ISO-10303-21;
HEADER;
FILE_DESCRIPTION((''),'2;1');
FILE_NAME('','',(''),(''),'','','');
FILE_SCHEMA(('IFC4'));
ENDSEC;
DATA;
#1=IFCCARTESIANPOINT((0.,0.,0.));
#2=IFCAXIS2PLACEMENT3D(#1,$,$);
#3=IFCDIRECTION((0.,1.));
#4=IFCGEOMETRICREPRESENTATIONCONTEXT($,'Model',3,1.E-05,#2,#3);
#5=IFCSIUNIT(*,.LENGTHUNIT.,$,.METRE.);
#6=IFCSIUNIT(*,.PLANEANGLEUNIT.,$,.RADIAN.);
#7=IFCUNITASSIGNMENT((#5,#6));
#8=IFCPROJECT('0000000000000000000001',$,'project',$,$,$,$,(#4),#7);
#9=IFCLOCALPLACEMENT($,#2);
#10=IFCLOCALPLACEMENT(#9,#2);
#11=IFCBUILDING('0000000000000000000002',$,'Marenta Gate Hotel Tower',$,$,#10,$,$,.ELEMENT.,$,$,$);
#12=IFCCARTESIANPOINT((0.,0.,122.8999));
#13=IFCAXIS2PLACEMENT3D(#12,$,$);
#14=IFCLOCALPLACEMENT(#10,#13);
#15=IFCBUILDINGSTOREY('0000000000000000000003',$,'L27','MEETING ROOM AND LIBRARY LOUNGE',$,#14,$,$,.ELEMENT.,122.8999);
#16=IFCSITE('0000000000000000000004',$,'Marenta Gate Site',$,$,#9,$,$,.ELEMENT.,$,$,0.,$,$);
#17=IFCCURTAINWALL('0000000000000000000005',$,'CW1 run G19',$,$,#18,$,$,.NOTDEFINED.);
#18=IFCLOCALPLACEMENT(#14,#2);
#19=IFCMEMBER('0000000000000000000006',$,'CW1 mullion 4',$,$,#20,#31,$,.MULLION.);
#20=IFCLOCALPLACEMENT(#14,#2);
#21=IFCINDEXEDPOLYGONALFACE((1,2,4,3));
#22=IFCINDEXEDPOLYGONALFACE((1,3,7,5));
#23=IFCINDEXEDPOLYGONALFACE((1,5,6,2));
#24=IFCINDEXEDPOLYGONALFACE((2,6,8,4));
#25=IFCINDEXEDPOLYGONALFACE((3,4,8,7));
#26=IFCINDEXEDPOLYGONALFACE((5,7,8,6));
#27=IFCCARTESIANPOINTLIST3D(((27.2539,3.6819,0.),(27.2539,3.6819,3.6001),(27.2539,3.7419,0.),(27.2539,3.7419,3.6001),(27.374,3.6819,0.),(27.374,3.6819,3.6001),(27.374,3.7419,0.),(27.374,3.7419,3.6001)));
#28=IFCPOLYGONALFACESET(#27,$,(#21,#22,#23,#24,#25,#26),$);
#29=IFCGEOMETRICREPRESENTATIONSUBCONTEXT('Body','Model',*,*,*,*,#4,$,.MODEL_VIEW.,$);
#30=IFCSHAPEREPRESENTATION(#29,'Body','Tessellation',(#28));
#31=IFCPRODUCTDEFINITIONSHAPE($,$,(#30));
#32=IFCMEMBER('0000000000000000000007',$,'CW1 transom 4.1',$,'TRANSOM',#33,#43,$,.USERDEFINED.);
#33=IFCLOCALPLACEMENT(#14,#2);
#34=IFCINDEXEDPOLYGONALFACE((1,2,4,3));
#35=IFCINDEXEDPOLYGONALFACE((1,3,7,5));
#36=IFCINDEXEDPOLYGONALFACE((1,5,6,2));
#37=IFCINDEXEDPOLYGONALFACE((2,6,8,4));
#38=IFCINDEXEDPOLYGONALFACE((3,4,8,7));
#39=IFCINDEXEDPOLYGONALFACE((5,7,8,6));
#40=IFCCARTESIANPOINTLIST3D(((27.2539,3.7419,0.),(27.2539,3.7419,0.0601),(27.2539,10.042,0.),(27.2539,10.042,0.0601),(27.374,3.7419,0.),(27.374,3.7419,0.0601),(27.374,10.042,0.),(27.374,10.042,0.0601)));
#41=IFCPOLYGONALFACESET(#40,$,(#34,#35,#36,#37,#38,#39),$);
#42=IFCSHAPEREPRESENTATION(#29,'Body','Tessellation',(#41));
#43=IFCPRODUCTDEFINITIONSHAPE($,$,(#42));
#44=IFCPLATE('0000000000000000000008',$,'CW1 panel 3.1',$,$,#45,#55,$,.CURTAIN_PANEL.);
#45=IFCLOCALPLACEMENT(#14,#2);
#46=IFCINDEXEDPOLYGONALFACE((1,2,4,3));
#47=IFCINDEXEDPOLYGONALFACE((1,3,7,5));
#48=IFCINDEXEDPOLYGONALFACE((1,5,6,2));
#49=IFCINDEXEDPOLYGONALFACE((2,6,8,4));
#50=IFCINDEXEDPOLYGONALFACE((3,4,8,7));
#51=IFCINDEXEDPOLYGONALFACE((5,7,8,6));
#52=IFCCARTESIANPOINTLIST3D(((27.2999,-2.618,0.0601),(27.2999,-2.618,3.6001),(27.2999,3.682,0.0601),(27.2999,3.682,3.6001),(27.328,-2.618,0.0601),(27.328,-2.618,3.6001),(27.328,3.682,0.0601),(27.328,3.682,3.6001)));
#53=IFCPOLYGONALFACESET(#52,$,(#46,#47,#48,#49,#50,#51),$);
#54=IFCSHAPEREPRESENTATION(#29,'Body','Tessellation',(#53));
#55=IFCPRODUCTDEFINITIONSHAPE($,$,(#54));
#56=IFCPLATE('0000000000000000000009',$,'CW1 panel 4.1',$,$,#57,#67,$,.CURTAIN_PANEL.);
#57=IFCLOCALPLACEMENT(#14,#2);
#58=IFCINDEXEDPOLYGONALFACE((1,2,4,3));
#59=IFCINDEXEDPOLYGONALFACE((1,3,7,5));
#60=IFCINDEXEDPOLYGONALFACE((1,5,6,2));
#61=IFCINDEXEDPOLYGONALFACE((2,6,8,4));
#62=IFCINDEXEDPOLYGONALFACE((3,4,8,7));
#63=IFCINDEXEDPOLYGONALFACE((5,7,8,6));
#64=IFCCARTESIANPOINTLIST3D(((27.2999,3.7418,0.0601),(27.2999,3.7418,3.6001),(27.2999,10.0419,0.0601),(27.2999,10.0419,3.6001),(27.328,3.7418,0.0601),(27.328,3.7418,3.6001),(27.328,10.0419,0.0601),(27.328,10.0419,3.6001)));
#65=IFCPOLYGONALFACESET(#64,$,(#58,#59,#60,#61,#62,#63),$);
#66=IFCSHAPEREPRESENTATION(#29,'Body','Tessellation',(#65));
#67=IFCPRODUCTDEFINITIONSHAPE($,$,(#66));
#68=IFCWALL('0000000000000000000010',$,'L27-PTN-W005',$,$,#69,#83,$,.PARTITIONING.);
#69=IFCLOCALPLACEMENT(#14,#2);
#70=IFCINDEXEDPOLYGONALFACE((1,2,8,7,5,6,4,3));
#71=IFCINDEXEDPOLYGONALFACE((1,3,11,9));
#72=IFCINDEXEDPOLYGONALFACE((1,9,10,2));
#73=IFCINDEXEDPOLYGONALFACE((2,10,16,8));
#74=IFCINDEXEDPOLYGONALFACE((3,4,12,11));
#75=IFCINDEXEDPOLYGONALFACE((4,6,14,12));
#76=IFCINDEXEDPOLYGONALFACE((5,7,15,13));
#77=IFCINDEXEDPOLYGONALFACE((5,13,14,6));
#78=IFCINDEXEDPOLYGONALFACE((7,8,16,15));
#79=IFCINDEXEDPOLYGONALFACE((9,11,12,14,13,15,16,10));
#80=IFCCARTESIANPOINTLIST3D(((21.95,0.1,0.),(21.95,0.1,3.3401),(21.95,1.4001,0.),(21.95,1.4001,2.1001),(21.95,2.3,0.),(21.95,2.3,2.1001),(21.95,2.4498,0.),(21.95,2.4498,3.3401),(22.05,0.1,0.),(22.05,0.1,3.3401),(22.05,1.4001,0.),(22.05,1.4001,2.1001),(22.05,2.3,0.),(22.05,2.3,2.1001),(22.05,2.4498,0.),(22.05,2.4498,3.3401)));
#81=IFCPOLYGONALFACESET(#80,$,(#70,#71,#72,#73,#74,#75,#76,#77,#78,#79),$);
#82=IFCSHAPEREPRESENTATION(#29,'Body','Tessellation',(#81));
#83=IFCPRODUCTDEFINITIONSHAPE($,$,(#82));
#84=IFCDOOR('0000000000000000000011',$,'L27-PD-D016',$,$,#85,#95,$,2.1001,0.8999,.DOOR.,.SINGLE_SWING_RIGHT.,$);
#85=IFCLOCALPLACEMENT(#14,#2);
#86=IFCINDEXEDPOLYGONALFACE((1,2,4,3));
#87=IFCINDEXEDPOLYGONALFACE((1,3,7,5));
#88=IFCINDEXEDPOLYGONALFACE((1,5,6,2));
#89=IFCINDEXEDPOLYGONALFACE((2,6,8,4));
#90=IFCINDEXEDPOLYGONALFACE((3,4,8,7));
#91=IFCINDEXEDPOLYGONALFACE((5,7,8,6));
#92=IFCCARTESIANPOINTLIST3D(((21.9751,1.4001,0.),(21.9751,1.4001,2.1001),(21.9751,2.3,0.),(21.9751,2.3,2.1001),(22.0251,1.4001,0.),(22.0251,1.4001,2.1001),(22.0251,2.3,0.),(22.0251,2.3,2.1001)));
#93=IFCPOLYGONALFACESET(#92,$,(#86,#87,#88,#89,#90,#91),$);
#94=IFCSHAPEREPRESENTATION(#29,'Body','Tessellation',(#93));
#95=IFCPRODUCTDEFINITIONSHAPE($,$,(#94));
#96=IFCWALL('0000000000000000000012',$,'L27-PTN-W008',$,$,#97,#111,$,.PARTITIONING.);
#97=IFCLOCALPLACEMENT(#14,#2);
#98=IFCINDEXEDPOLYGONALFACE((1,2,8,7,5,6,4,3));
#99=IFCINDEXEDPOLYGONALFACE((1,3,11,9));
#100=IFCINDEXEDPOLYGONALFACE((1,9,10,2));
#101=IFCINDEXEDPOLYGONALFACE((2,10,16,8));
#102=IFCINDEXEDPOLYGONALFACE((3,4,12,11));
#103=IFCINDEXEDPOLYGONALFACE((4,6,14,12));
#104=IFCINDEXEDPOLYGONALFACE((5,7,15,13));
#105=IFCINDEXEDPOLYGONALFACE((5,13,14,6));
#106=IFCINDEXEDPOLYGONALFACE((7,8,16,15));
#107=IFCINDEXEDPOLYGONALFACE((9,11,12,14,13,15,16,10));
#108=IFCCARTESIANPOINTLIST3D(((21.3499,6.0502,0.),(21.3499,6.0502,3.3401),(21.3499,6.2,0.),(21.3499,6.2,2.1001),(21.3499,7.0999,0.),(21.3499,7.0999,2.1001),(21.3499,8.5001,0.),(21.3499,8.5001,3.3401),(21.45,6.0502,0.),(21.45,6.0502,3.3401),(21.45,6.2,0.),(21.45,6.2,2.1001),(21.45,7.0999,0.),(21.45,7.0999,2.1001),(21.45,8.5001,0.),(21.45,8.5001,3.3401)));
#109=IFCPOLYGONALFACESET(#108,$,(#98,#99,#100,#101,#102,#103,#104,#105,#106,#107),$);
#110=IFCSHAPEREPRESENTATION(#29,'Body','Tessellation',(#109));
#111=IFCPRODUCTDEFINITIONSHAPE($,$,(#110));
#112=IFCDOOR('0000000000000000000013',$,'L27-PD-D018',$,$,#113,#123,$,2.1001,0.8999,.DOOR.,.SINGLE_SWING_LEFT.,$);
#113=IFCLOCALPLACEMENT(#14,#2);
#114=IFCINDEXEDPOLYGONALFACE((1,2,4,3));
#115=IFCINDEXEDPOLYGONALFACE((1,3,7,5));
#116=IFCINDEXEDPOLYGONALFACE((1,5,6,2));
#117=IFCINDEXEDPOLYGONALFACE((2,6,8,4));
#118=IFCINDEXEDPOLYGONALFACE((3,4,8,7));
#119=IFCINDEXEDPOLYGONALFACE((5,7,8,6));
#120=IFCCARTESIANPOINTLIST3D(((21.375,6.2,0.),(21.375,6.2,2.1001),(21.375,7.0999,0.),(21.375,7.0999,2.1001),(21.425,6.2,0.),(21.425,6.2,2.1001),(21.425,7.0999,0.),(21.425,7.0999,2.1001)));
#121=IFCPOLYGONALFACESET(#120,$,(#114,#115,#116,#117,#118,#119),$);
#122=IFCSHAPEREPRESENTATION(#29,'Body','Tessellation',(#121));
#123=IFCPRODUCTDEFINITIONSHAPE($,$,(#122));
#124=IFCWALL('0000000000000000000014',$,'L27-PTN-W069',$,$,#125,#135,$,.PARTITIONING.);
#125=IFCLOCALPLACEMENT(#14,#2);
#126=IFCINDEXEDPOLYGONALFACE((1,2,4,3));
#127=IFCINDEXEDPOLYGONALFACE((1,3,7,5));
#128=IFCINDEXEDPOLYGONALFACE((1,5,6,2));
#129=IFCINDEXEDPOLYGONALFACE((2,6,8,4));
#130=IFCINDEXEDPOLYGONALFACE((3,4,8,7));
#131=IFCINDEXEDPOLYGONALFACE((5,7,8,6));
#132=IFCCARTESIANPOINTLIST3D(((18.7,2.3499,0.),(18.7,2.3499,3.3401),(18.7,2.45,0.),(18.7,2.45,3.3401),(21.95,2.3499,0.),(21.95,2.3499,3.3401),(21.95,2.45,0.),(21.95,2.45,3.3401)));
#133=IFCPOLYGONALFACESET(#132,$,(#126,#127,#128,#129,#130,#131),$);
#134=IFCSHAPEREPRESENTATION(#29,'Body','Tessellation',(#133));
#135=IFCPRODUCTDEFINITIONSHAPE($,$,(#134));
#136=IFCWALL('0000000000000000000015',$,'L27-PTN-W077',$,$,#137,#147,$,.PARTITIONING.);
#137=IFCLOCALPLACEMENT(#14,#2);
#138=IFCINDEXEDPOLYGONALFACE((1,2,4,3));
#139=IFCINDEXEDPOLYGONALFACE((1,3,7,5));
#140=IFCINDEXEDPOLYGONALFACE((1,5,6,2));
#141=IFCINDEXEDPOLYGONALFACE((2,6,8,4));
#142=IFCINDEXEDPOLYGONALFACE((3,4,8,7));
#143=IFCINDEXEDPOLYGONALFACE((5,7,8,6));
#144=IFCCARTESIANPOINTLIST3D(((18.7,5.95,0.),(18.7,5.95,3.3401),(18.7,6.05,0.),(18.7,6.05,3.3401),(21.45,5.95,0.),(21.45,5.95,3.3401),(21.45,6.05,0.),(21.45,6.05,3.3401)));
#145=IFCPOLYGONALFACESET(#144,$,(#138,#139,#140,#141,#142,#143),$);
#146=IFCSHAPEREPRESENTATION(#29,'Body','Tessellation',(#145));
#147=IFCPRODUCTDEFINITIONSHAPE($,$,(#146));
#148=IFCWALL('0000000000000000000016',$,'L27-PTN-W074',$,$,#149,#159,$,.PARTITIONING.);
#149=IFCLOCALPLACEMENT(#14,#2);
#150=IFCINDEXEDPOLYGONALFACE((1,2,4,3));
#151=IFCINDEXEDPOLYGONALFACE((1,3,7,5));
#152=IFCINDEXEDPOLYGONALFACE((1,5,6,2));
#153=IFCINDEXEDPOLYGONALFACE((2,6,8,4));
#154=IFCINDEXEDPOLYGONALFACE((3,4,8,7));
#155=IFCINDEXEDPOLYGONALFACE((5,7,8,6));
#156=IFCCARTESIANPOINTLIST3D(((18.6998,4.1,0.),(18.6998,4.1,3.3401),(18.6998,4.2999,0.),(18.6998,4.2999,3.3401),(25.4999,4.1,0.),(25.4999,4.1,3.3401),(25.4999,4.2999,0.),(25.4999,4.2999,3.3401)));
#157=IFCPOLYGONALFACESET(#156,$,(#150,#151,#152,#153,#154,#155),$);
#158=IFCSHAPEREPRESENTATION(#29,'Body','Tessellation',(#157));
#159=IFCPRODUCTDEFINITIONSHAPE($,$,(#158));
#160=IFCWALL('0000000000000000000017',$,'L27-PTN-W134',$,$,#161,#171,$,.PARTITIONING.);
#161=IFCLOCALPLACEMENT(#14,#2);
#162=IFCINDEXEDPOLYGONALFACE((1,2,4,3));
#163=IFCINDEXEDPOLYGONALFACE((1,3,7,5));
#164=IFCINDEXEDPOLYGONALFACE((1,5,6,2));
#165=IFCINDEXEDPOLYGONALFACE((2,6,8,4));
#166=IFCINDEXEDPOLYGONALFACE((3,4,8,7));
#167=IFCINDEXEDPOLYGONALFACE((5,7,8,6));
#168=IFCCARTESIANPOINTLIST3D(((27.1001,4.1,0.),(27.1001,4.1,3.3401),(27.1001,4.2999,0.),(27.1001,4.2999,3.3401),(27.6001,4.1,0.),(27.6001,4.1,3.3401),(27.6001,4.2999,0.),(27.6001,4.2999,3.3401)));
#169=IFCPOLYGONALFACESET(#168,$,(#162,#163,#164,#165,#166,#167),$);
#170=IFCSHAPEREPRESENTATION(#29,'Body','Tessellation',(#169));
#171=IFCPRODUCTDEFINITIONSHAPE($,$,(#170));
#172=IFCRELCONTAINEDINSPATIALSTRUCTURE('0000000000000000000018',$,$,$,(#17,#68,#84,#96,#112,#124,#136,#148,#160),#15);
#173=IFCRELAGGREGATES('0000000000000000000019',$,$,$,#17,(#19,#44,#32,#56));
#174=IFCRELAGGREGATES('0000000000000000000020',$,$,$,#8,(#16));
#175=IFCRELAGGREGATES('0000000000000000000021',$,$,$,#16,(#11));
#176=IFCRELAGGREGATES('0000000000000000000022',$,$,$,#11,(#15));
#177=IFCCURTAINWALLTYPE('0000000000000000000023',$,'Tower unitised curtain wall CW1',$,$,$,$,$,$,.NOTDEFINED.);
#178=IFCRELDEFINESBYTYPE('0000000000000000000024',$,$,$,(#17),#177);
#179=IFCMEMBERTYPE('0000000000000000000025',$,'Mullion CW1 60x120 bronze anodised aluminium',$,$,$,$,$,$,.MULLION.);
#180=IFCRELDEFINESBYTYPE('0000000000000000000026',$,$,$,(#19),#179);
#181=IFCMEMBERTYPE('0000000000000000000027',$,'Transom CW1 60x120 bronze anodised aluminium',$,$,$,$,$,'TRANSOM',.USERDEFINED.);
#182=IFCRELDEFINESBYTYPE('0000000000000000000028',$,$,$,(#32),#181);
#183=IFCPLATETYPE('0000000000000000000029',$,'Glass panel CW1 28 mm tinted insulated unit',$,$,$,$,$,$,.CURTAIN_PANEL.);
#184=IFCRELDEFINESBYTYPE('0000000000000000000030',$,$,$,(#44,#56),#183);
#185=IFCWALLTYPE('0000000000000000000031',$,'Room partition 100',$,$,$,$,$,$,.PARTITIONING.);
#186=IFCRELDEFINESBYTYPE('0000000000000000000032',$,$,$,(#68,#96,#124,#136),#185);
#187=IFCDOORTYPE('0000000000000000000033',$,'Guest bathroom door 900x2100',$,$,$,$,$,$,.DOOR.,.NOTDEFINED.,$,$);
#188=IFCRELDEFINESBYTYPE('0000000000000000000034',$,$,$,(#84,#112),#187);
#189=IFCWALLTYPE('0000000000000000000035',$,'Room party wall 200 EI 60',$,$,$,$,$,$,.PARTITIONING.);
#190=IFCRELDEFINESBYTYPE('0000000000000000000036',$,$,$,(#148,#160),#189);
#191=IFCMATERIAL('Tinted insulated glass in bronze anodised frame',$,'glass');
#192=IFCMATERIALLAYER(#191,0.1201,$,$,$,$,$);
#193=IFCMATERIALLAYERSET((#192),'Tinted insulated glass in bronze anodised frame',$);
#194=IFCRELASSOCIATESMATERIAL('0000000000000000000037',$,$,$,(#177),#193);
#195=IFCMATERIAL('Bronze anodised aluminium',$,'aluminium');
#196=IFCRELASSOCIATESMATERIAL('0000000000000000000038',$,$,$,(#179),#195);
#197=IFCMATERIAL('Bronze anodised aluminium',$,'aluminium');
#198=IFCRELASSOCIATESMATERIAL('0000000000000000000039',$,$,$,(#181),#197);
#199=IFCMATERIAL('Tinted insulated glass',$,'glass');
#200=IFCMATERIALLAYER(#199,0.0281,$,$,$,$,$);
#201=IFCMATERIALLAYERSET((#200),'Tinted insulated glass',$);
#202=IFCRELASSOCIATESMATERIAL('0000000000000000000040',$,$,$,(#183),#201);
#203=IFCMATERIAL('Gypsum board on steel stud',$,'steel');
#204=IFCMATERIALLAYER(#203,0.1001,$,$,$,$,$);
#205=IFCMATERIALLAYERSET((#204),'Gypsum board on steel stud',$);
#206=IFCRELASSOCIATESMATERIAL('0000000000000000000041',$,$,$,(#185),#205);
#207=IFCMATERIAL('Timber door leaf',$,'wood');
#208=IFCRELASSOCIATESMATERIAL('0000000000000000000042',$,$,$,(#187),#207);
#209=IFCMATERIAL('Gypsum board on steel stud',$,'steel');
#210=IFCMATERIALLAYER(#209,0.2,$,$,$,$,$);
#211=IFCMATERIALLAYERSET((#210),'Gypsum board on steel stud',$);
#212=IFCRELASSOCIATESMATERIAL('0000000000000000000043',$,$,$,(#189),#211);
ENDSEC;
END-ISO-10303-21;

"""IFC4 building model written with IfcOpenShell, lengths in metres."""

from ifc_helpers import new_model, si_unit, direction, frame, frame_2d, origin, origin_2d, place, context, subcontext, project, spatial, rectangle, extrude, material, layer, layer_set, material_profile, profile_set, type_object, element, fill, aggregate, save


model = new_model("IFC4")

# Units and contexts
model_context = context("Model", 3, precision=1e-05, world=origin(), true_north=direction((0.0, 1.0)))
body_context = subcontext(model_context, "Body", "Model", "MODEL_VIEW")
ifc_project = project(units=[si_unit("LENGTHUNIT", "METRE"), si_unit("PLANEANGLEUNIT", "RADIAN")], contexts=[model_context])

# Site, building, storey
site_placement = place(None, origin())
site = spatial("IfcSite", under=ifc_project, at=site_placement, Name="Marenta Gate Site", CompositionType="ELEMENT", RefElevation=0.0)
building_placement = place(site_placement, origin())
building = spatial("IfcBuilding", under=site, at=building_placement, Name="Marenta Gate Hotel Tower", CompositionType="ELEMENT")
storey_placement = place(building_placement, frame((0.0, 0.0, 122.8999)))
storey = spatial("IfcBuildingStorey", under=building, at=storey_placement, Name="L27", Description="MEETING ROOM AND LIBRARY LOUNGE", CompositionType="ELEMENT", Elevation=122.8999)

# Curtain wall, members, plates
ifc_material_1 = material(Name="Tinted insulated glass in bronze anodised frame", Category="glass")
ifc_layer_1 = layer(ifc_material_1, 0.1201)
ifc_layer_set_1 = layer_set([ifc_layer_1], Name="Tinted insulated glass in bronze anodised frame")
curtain_wall_type = type_object("IfcCurtainWallType", Name="Tower unitised curtain wall CW1", PredefinedType="NOTDEFINED", material=ifc_layer_set_1)
curtain_wall_placement = place(storey_placement, origin())
curtain_wall = element("IfcCurtainWall", 1, at=curtain_wall_placement, inside=storey, type_object=curtain_wall_type, Name="CW1 run G19", PredefinedType="NOTDEFINED")
ifc_material_2 = material(Name="Bronze anodised aluminium", Category="aluminium")
ifc_material_profile_1 = material_profile(ifc_material_2, rectangle(XDim=0.1201, YDim=0.0601, at=origin_2d()), Name="Mullion CW1 60x120 bronze anodised aluminium")
ifc_profile_set_1 = profile_set([ifc_material_profile_1], Name="Bronze anodised aluminium")
member_type_1 = type_object("IfcMemberType", Name="Mullion CW1 60x120 bronze anodised aluminium", PredefinedType="MULLION", material=ifc_profile_set_1)
member_1_placement = place(storey_placement, frame((27.314, 3.7119, 0.0), z_axis=(0.0, 0.0, 1.0), x_axis=(-1.0, 0.0, 0.0)))
member_1 = element("IfcMember", 2, at=member_1_placement, type_object=member_type_1, Name="CW1 mullion 4", PredefinedType="MULLION", context=body_context, shape_type="SweptSolid", body=[
    extrude(rectangle(XDim=0.1201, YDim=0.0601, at=origin_2d()), origin(), (0.0, 0.0, 1.0), 3.6001),
])
ifc_material_3 = material(Name="Bronze anodised aluminium", Category="aluminium")
ifc_material_profile_2 = material_profile(ifc_material_3, rectangle(XDim=0.1201, YDim=0.0601, at=origin_2d()), Name="Transom CW1 60x120 bronze anodised aluminium")
ifc_profile_set_2 = profile_set([ifc_material_profile_2], Name="Bronze anodised aluminium")
member_type_2 = type_object("IfcMemberType", Name="Transom CW1 60x120 bronze anodised aluminium", ElementType="TRANSOM", PredefinedType="USERDEFINED", material=ifc_profile_set_2)
member_2_placement = place(storey_placement, frame((27.314, 3.7419, 0.03), z_axis=(0.0, 1.0, 0.0), x_axis=(-1.0, 0.0, 0.0)))
member_2 = element("IfcMember", 3, at=member_2_placement, type_object=member_type_2, Name="CW1 transom 4.1", ObjectType="TRANSOM", PredefinedType="USERDEFINED", context=body_context, shape_type="SweptSolid", body=[
    extrude(rectangle(XDim=0.1201, YDim=0.0601, at=origin_2d()), origin(), (0.0, 0.0, 1.0), 6.3),
])
ifc_material_4 = material(Name="Tinted insulated glass", Category="glass")
ifc_layer_2 = layer(ifc_material_4, 0.0281)
ifc_layer_set_2 = layer_set([ifc_layer_2], Name="Tinted insulated glass")
plate_type = type_object("IfcPlateType", Name="Glass panel CW1 28 mm tinted insulated unit", PredefinedType="CURTAIN_PANEL", material=ifc_layer_set_2)
plate_1_placement = place(storey_placement, frame((27.314, 0.532, 0.0601), z_axis=(0.0, 0.0, 1.0), x_axis=(0.0, 1.0, 0.0)))
plate_1 = element("IfcPlate", 4, at=plate_1_placement, type_object=plate_type, Name="CW1 panel 3.1", PredefinedType="CURTAIN_PANEL", context=body_context, shape_type="SweptSolid", body=[
    extrude(rectangle(XDim=6.3, YDim=0.0281, at=origin_2d()), origin(), (0.0, 0.0, 1.0), 3.54),
])
plate_2_placement = place(storey_placement, frame((27.314, 6.8918, 0.0601), z_axis=(0.0, 0.0, 1.0), x_axis=(0.0, 1.0, 0.0)))
plate_2 = element("IfcPlate", 5, at=plate_2_placement, type_object=plate_type, Name="CW1 panel 4.1", PredefinedType="CURTAIN_PANEL", context=body_context, shape_type="SweptSolid", body=[
    extrude(rectangle(XDim=6.3, YDim=0.0281, at=origin_2d()), origin(), (0.0, 0.0, 1.0), 3.54),
])
aggregate(curtain_wall, [member_1, plate_1, member_2, plate_2])

# Walls, openings, doors
ifc_material_5 = material(Name="Gypsum board on steel stud", Category="steel")
ifc_layer_3 = layer(ifc_material_5, 0.1001)
ifc_layer_set_3 = layer_set([ifc_layer_3], Name="Gypsum board on steel stud")
wall_type_1 = type_object("IfcWallType", Name="Room partition 100", PredefinedType="PARTITIONING", material=ifc_layer_set_3)
wall_1_placement = place(storey_placement, frame((22.0, 0.1001, 0.0), z_axis=(0.0, 0.0, 1.0), x_axis=(0.0, 1.0, 0.0)))
wall_1 = element("IfcWall", 6, at=wall_1_placement, inside=storey, type_object=wall_type_1, Name="L27-PTN-W005", PredefinedType="PARTITIONING", context=body_context, shape_type="SweptSolid", body=[
    extrude(rectangle(XDim=2.3499, YDim=0.1001, at=frame_2d((1.1748, 0.0))), origin(), (0.0, 0.0, 1.0), 3.3401),
])
opening_1_placement = place(wall_1_placement, frame((1.3, 0.0, 0.0)))
opening_1 = element("IfcOpeningElement", 7, at=opening_1_placement, cuts=wall_1, PredefinedType="OPENING", context=body_context, shape_type="SweptSolid", body=[
    extrude(rectangle(XDim=0.8999, YDim=2.1001, at=frame_2d((0.45, 1.05))), frame((0.0, 0.05, 0.0), z_axis=(0.0, -1.0, 0.0), x_axis=(1.0, 0.0, 0.0)), (0.0, 0.0, 1.0), 0.1001),
])
ifc_material_6 = material(Name="Timber door leaf", Category="wood")
door_type = type_object("IfcDoorType", Name="Guest bathroom door 900x2100", OperationType="NOTDEFINED", PredefinedType="DOOR", material=ifc_material_6)
door_1_placement = place(opening_1_placement, origin())
door_1 = element("IfcDoor", 8, at=door_1_placement, inside=storey, type_object=door_type, Name="L27-PD-D016", OperationType="SINGLE_SWING_RIGHT", OverallHeight=2.1001, OverallWidth=0.8999, PredefinedType="DOOR", context=body_context, shape_type="SweptSolid", body=[
    extrude(rectangle(XDim=0.8999, YDim=2.1001, at=frame_2d((0.45, 1.05))), frame((0.0, 0.0249, 0.0), z_axis=(0.0, -1.0, 0.0), x_axis=(1.0, 0.0, 0.0)), (0.0, 0.0, 1.0), 0.05),
])
fill(opening_1, door_1)
wall_2_placement = place(storey_placement, frame((21.3999, 6.05, 0.0), z_axis=(0.0, 0.0, 1.0), x_axis=(0.0, 1.0, 0.0)))
wall_2 = element("IfcWall", 9, at=wall_2_placement, inside=storey, type_object=wall_type_1, Name="L27-PTN-W008", PredefinedType="PARTITIONING", context=body_context, shape_type="SweptSolid", body=[
    extrude(rectangle(XDim=2.45, YDim=0.1001, at=frame_2d((1.2251, 0.0))), origin(), (0.0, 0.0, 1.0), 3.3401),
])
opening_2_placement = place(wall_2_placement, frame((0.1499, 0.0, 0.0)))
opening_2 = element("IfcOpeningElement", 10, at=opening_2_placement, cuts=wall_2, PredefinedType="OPENING", context=body_context, shape_type="SweptSolid", body=[
    extrude(rectangle(XDim=0.8999, YDim=2.1001, at=frame_2d((0.45, 1.05))), frame((0.0, 0.05, 0.0), z_axis=(0.0, -1.0, 0.0), x_axis=(1.0, 0.0, 0.0)), (0.0, 0.0, 1.0), 0.1001),
])
door_2_placement = place(opening_2_placement, origin())
door_2 = element("IfcDoor", 11, at=door_2_placement, inside=storey, type_object=door_type, Name="L27-PD-D018", OperationType="SINGLE_SWING_LEFT", OverallHeight=2.1001, OverallWidth=0.8999, PredefinedType="DOOR", context=body_context, shape_type="SweptSolid", body=[
    extrude(rectangle(XDim=0.8999, YDim=2.1001, at=frame_2d((0.45, 1.05))), frame((0.0, 0.0249, 0.0), z_axis=(0.0, -1.0, 0.0), x_axis=(1.0, 0.0, 0.0)), (0.0, 0.0, 1.0), 0.05),
])
fill(opening_2, door_2)

# Walls
wall_3_placement = place(storey_placement, frame((18.7, 2.3999, 0.0), z_axis=(0.0, 0.0, 1.0), x_axis=(1.0, 0.0, 0.0)))
element("IfcWall", 12, at=wall_3_placement, inside=storey, type_object=wall_type_1, Name="L27-PTN-W069", PredefinedType="PARTITIONING", context=body_context, shape_type="SweptSolid", body=[
    extrude(rectangle(XDim=3.25, YDim=0.1001, at=frame_2d((1.625, 0.0))), origin(), (0.0, 0.0, 1.0), 3.3401),
])
wall_4_placement = place(storey_placement, frame((18.7, 6.0, 0.0), z_axis=(0.0, 0.0, 1.0), x_axis=(1.0, 0.0, 0.0)))
element("IfcWall", 13, at=wall_4_placement, inside=storey, type_object=wall_type_1, Name="L27-PTN-W077", PredefinedType="PARTITIONING", context=body_context, shape_type="SweptSolid", body=[
    extrude(rectangle(XDim=2.75, YDim=0.1001, at=frame_2d((1.375, 0.0))), origin(), (0.0, 0.0, 1.0), 3.3401),
])
ifc_material_7 = material(Name="Gypsum board on steel stud", Category="steel")
ifc_layer_4 = layer(ifc_material_7, 0.2)
ifc_layer_set_4 = layer_set([ifc_layer_4], Name="Gypsum board on steel stud")
wall_type_2 = type_object("IfcWallType", Name="Room party wall 200 EI 60", PredefinedType="PARTITIONING", material=ifc_layer_set_4)
wall_5_placement = place(storey_placement, frame((18.7, 4.2, 0.0), z_axis=(0.0, 0.0, 1.0), x_axis=(1.0, 0.0, 0.0)))
element("IfcWall", 14, at=wall_5_placement, inside=storey, type_object=wall_type_2, Name="L27-PTN-W074", PredefinedType="PARTITIONING", context=body_context, shape_type="SweptSolid", body=[
    extrude(rectangle(XDim=6.8, YDim=0.2, at=frame_2d((3.3999, 0.0))), origin(), (0.0, 0.0, 1.0), 3.3401),
])
wall_6_placement = place(storey_placement, frame((27.1001, 4.2, 0.0), z_axis=(0.0, 0.0, 1.0), x_axis=(1.0, 0.0, 0.0)))
element("IfcWall", 15, at=wall_6_placement, inside=storey, type_object=wall_type_2, Name="L27-PTN-W134", PredefinedType="PARTITIONING", context=body_context, shape_type="SweptSolid", body=[
    extrude(rectangle(XDim=0.5, YDim=0.2, at=frame_2d((0.25, 0.0))), origin(), (0.0, 0.0, 1.0), 3.3401),
])

save(model, "model.ifc")
